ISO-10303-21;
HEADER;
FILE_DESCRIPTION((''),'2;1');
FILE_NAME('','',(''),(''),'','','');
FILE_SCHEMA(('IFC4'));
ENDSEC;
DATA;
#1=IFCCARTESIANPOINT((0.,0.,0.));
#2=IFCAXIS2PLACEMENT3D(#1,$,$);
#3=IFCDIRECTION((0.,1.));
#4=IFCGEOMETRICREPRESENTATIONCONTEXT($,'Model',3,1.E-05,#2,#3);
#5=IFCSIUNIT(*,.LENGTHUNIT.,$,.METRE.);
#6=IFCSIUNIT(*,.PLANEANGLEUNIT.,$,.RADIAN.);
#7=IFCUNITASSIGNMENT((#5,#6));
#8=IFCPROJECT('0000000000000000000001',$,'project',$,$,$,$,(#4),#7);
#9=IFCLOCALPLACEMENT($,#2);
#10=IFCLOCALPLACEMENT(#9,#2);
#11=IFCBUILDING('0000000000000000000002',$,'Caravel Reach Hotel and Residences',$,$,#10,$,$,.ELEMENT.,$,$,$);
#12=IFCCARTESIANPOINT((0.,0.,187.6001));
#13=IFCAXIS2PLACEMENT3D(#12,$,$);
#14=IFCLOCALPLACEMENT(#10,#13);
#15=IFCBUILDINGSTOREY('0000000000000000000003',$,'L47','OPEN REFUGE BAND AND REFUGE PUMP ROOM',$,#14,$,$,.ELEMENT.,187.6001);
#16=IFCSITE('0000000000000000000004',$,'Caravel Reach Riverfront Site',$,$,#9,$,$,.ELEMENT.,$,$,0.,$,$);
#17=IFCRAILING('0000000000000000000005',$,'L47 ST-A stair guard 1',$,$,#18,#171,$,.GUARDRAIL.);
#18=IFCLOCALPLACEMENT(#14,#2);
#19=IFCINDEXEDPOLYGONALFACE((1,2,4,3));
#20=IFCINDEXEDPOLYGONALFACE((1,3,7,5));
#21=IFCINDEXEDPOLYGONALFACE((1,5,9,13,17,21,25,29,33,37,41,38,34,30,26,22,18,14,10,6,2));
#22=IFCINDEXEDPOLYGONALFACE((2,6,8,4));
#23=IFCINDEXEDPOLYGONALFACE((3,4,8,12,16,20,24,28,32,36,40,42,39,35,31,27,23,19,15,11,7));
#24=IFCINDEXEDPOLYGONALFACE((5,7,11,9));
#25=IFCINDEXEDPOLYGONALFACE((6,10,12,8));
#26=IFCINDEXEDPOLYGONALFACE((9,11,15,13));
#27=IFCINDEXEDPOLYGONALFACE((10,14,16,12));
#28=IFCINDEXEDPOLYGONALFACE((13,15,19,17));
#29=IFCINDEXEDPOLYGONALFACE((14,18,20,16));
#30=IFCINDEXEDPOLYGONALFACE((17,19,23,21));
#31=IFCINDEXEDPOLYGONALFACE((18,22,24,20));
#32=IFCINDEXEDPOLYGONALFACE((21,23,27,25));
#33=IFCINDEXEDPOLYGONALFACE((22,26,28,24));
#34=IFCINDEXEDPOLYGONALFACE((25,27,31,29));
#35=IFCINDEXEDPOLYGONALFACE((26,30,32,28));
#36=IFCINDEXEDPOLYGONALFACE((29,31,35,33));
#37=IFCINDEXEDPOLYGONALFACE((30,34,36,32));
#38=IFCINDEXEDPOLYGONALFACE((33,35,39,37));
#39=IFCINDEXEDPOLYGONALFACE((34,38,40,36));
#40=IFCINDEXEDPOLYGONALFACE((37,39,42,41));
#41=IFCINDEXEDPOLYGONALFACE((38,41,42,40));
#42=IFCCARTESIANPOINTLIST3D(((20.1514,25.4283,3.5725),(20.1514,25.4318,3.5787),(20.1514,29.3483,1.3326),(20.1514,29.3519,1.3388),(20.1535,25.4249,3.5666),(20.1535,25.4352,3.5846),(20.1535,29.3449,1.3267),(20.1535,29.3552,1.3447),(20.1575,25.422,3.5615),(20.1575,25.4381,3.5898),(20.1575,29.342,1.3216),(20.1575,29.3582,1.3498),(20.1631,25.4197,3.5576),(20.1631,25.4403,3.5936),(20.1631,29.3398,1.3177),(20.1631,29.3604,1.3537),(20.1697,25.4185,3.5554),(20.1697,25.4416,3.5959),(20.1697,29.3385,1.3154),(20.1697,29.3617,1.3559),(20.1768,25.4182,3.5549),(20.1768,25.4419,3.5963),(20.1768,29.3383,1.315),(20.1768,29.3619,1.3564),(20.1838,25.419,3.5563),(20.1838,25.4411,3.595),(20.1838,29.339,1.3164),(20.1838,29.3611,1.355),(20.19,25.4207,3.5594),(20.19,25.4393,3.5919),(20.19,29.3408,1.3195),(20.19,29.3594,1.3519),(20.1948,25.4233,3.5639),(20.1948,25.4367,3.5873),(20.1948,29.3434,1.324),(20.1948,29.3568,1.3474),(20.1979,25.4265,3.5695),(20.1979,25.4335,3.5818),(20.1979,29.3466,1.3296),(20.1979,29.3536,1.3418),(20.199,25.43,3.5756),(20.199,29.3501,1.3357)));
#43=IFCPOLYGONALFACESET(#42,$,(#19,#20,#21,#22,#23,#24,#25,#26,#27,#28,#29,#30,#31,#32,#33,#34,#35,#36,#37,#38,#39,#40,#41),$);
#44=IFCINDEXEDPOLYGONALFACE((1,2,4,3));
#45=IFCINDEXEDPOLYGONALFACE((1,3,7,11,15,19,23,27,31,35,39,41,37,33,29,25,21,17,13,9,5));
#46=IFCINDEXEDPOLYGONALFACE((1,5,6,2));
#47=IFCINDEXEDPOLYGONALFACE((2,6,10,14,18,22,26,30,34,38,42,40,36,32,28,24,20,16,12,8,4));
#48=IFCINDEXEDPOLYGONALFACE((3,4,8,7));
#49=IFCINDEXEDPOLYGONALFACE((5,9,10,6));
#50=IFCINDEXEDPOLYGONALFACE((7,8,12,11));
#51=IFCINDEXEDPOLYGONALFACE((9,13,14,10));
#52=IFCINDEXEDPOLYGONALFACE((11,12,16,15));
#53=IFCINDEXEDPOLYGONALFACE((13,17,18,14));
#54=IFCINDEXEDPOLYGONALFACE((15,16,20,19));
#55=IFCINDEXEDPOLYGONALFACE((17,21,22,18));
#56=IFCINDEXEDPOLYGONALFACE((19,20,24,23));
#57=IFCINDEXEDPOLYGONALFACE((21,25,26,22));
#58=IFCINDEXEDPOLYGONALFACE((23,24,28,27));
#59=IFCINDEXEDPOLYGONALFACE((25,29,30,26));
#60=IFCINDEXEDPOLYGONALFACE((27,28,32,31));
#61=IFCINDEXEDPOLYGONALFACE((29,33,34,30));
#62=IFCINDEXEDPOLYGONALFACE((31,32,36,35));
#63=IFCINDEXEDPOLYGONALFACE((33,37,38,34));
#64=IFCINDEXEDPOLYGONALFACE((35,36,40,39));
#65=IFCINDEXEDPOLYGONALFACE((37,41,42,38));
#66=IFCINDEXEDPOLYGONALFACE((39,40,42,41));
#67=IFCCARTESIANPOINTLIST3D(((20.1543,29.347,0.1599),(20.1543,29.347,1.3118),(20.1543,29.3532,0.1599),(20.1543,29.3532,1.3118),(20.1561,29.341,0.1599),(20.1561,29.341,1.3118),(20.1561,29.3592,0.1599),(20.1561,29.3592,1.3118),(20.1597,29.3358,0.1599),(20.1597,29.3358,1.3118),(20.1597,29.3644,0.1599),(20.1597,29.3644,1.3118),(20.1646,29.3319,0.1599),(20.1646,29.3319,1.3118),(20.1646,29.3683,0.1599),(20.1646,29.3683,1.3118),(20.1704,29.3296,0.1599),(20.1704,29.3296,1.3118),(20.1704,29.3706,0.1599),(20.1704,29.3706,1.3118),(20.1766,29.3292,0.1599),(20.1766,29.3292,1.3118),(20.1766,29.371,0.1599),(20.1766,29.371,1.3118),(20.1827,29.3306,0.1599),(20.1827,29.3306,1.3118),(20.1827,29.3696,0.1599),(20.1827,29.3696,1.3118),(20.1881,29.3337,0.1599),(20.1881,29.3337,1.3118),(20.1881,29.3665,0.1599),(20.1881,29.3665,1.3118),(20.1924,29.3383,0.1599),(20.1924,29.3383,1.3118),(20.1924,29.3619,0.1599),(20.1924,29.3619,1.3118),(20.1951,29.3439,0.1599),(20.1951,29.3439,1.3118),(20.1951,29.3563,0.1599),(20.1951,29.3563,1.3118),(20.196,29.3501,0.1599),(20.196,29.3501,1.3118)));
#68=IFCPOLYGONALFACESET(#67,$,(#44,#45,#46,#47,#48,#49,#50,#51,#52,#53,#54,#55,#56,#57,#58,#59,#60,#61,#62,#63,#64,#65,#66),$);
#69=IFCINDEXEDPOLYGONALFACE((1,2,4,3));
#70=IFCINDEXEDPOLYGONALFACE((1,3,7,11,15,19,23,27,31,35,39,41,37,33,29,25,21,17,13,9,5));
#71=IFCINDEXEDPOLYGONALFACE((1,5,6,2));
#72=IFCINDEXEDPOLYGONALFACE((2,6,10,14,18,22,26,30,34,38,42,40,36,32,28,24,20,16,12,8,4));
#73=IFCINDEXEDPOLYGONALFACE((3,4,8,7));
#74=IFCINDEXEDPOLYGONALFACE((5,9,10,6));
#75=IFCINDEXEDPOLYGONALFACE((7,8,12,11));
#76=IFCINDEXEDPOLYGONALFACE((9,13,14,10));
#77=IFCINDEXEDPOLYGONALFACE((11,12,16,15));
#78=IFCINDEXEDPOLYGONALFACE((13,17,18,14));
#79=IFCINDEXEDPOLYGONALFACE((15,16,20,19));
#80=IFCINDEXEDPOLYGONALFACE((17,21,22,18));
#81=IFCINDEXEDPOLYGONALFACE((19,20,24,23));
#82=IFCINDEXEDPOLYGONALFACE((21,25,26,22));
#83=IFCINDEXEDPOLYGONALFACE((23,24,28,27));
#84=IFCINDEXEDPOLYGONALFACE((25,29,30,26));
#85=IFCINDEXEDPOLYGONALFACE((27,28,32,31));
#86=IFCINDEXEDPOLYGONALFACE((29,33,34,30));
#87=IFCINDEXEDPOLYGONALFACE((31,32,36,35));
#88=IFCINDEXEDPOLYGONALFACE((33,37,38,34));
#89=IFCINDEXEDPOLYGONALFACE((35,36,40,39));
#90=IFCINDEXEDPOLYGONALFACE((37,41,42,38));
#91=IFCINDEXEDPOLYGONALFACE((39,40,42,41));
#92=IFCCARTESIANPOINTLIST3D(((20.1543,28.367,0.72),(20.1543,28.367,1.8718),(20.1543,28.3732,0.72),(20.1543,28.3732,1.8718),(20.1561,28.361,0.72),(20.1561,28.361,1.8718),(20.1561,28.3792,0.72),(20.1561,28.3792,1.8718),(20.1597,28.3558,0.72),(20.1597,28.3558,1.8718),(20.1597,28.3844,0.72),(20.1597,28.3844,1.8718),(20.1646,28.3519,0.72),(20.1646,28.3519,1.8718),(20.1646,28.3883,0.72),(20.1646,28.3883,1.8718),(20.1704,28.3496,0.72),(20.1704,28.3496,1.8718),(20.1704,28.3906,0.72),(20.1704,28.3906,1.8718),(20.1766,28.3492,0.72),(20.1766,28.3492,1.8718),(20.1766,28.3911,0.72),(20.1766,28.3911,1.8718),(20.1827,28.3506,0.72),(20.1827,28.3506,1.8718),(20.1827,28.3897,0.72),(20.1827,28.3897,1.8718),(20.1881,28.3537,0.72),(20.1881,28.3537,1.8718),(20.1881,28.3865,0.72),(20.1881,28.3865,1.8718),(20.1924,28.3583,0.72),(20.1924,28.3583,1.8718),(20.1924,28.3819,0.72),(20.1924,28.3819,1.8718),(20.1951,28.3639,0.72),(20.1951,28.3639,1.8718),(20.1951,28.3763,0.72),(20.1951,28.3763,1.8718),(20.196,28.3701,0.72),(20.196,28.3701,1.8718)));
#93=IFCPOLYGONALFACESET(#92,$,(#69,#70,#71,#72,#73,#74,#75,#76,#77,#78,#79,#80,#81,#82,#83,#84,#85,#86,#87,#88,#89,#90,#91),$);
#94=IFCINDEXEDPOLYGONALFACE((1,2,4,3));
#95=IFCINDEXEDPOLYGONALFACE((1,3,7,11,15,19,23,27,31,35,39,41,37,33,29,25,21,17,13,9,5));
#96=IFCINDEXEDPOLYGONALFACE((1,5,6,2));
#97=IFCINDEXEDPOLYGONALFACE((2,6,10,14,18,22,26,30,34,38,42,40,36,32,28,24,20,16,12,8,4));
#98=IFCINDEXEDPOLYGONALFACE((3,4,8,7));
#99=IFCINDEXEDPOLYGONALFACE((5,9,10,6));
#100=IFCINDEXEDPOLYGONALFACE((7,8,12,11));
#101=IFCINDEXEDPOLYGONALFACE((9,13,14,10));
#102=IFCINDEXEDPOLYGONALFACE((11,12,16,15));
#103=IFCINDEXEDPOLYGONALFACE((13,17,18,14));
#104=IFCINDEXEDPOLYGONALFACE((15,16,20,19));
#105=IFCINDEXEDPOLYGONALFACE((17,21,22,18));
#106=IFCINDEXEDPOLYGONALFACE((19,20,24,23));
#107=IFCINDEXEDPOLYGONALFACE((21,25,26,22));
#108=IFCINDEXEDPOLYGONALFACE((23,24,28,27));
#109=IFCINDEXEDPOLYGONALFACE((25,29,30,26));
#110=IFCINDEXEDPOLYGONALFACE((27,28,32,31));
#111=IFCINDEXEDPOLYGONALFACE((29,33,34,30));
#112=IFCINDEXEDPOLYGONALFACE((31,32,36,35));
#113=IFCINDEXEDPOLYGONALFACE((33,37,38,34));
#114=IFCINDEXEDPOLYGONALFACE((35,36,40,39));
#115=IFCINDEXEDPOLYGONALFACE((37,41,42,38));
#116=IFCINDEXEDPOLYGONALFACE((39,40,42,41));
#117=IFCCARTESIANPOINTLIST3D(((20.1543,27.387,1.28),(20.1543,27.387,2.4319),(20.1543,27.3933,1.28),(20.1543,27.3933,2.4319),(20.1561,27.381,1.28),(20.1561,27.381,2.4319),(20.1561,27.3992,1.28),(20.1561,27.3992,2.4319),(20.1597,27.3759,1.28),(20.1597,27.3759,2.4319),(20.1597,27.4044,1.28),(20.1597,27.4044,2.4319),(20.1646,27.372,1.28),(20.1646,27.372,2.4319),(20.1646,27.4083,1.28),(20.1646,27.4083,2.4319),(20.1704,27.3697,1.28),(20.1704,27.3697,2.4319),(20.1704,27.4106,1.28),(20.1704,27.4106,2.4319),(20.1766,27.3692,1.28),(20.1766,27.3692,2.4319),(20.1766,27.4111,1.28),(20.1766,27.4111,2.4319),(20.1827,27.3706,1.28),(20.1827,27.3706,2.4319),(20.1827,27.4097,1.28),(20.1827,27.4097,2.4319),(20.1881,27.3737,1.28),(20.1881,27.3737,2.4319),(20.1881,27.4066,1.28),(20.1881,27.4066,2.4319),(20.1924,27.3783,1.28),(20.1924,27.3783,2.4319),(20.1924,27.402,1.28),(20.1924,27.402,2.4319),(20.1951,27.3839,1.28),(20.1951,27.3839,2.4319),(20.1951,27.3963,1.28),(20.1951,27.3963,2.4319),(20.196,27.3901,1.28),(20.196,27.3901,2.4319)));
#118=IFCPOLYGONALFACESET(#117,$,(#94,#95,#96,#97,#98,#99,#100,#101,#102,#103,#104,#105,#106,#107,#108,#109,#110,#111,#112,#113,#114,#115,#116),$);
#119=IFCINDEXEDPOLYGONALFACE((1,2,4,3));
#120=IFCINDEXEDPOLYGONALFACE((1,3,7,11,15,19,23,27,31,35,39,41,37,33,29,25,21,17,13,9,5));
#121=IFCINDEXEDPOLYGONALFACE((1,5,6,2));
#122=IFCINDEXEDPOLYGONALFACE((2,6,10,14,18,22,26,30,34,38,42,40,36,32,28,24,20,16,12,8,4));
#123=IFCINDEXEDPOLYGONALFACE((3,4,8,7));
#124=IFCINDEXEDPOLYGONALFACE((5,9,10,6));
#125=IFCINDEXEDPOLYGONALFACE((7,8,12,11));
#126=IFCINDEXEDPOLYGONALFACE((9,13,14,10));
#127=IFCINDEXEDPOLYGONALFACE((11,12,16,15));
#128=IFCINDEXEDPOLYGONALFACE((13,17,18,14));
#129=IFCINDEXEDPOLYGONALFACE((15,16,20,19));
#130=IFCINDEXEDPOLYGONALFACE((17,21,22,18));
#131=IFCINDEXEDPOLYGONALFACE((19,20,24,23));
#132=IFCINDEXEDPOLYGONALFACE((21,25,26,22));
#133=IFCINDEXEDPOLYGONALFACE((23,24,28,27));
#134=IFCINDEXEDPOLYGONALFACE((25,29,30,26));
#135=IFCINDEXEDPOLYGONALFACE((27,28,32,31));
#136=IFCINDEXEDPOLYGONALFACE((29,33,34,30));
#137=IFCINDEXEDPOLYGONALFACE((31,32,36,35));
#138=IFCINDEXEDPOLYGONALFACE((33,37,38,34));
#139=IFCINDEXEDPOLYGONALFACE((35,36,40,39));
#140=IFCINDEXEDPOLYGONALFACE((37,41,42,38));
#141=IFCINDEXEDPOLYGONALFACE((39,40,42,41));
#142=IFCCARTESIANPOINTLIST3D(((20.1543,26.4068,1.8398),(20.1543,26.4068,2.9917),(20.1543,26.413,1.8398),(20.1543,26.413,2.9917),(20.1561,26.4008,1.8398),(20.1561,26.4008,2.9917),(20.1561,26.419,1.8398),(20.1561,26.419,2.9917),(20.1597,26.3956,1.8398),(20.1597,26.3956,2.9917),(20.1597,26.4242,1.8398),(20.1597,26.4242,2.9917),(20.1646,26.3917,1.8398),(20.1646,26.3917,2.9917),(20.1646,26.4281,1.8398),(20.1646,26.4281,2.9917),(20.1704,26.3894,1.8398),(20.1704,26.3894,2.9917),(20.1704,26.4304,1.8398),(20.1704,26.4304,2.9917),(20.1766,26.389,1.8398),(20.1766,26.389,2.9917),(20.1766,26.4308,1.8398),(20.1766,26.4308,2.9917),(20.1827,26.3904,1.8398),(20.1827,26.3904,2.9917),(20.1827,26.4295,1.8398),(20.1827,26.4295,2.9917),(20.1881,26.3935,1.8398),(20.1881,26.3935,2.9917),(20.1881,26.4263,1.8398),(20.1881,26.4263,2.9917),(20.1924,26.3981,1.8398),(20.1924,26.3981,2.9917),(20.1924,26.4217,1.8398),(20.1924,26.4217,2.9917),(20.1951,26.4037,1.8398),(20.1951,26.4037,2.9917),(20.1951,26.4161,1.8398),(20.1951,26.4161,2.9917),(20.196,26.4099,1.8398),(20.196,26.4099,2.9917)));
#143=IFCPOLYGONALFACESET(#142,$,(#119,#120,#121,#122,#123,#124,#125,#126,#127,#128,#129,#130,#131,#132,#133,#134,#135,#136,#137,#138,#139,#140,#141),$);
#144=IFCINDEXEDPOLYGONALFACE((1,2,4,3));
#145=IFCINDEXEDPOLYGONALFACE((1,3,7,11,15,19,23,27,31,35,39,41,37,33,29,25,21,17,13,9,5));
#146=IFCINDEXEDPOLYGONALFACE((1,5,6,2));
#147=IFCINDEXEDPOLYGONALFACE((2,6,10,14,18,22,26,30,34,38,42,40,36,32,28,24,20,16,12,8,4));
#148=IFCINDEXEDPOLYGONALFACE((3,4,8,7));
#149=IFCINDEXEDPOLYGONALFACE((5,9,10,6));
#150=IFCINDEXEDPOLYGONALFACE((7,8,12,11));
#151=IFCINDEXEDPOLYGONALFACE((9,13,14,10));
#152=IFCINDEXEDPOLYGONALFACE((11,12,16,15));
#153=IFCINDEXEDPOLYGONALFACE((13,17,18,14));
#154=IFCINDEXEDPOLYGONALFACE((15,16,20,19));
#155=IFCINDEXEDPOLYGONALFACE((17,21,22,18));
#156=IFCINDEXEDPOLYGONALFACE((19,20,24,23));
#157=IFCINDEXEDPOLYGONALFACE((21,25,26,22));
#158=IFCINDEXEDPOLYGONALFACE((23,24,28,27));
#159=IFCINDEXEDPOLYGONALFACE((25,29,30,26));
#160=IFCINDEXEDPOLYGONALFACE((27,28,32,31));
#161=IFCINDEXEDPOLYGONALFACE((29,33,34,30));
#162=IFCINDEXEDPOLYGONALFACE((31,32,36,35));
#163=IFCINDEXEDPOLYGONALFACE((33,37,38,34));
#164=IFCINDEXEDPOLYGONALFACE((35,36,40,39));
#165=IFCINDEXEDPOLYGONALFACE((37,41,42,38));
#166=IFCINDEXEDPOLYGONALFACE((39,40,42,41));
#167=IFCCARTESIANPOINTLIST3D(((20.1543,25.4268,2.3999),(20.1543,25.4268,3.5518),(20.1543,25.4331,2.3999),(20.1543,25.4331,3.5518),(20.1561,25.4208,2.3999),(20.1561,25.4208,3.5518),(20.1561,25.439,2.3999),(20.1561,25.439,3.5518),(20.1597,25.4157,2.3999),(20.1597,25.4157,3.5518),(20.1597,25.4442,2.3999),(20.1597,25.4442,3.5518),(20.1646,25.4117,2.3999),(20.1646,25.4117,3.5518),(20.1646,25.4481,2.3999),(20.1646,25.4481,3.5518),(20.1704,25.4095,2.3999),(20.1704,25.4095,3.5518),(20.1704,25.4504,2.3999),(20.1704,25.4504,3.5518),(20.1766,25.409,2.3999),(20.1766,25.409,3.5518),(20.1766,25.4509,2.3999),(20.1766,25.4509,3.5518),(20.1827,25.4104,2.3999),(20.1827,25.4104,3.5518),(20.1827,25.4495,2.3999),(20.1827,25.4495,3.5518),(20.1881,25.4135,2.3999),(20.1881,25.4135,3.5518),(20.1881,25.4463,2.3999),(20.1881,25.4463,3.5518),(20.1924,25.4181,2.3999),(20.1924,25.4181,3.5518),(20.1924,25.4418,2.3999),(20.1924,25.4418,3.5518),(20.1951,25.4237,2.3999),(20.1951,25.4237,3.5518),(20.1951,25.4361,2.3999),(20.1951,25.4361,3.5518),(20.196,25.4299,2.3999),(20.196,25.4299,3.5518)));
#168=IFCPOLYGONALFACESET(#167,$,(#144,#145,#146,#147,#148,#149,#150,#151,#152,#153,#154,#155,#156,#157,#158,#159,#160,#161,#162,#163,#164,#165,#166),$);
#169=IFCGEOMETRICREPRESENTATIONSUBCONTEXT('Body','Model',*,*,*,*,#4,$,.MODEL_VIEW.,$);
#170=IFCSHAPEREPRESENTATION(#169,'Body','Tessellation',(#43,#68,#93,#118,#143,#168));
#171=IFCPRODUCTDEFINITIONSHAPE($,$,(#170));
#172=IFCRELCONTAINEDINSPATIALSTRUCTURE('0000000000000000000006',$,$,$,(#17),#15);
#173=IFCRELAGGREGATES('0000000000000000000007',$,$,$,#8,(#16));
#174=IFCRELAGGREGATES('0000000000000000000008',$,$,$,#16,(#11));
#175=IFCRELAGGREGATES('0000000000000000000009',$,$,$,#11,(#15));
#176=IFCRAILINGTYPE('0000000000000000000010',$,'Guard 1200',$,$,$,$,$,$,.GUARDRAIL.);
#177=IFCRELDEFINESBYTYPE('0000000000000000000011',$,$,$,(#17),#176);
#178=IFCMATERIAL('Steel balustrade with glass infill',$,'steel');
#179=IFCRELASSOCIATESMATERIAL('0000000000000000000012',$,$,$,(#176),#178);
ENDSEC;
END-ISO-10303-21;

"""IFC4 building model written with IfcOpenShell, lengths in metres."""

from ifc_helpers import new_model, si_unit, direction, frame, origin, origin_2d, place, context, subcontext, project, spatial, circle, extrude, material, type_object, element, save


model = new_model("IFC4")

# Units and contexts
model_context = context("Model", 3, precision=1e-05, world=origin(), true_north=direction((0.0, 1.0)))
body_context = subcontext(model_context, "Body", "Model", "MODEL_VIEW")
ifc_project = project(units=[si_unit("LENGTHUNIT", "METRE"), si_unit("PLANEANGLEUNIT", "RADIAN")], contexts=[model_context])

# Site, building, storey
site_placement = place(None, origin())
site = spatial("IfcSite", under=ifc_project, at=site_placement, Name="Caravel Reach Riverfront Site", CompositionType="ELEMENT", RefElevation=0.0)
building_placement = place(site_placement, origin())
building = spatial("IfcBuilding", under=site, at=building_placement, Name="Caravel Reach Hotel and Residences", CompositionType="ELEMENT")
storey_placement = place(building_placement, frame((0.0, 0.0, 187.6001)))
storey = spatial("IfcBuildingStorey", under=building, at=storey_placement, Name="L47", Description="OPEN REFUGE BAND AND REFUGE PUMP ROOM", CompositionType="ELEMENT", Elevation=187.6001)

# Railing
ifc_material_1 = material(Name="Steel balustrade with glass infill", Category="steel")
railing_type_1 = type_object("IfcRailingType", Name="Guard 1200", PredefinedType="GUARDRAIL", material=ifc_material_1)
railing_1_placement = place(storey_placement, frame((20.175, 29.3501, 0.1599)))
element("IfcRailing", 1, at=railing_1_placement, inside=storey, type_object=railing_type_1, Name="L47 ST-A stair guard 1", PredefinedType="GUARDRAIL", context=body_context, shape_type="SweptSolid", body=[
    extrude(circle(Radius=0.0239, at=origin_2d()), frame((0.0, 0.0, 1.1758), z_axis=(0.0, -0.868253, 0.496121), x_axis=(1.0, 0.0, 0.0)), (0.0, 0.0, 1.0), 4.5149),
    extrude(circle(Radius=0.021, at=origin_2d()), origin(), (0.0, 0.0, 1.0), 1.1519),
    extrude(circle(Radius=0.021, at=origin_2d()), frame((0.0, -0.98, 0.5601)), (0.0, 0.0, 1.0), 1.1519),
    extrude(circle(Radius=0.021, at=origin_2d()), frame((0.0, -1.96, 1.1201)), (0.0, 0.0, 1.0), 1.1519),
    extrude(circle(Radius=0.021, at=origin_2d()), frame((0.0, -2.9402, 1.6799)), (0.0, 0.0, 1.0), 1.1519),
    extrude(circle(Radius=0.021, at=origin_2d()), frame((0.0, -3.9202, 2.24)), (0.0, 0.0, 1.0), 1.1519),
])

save(model, "model.ifc")
